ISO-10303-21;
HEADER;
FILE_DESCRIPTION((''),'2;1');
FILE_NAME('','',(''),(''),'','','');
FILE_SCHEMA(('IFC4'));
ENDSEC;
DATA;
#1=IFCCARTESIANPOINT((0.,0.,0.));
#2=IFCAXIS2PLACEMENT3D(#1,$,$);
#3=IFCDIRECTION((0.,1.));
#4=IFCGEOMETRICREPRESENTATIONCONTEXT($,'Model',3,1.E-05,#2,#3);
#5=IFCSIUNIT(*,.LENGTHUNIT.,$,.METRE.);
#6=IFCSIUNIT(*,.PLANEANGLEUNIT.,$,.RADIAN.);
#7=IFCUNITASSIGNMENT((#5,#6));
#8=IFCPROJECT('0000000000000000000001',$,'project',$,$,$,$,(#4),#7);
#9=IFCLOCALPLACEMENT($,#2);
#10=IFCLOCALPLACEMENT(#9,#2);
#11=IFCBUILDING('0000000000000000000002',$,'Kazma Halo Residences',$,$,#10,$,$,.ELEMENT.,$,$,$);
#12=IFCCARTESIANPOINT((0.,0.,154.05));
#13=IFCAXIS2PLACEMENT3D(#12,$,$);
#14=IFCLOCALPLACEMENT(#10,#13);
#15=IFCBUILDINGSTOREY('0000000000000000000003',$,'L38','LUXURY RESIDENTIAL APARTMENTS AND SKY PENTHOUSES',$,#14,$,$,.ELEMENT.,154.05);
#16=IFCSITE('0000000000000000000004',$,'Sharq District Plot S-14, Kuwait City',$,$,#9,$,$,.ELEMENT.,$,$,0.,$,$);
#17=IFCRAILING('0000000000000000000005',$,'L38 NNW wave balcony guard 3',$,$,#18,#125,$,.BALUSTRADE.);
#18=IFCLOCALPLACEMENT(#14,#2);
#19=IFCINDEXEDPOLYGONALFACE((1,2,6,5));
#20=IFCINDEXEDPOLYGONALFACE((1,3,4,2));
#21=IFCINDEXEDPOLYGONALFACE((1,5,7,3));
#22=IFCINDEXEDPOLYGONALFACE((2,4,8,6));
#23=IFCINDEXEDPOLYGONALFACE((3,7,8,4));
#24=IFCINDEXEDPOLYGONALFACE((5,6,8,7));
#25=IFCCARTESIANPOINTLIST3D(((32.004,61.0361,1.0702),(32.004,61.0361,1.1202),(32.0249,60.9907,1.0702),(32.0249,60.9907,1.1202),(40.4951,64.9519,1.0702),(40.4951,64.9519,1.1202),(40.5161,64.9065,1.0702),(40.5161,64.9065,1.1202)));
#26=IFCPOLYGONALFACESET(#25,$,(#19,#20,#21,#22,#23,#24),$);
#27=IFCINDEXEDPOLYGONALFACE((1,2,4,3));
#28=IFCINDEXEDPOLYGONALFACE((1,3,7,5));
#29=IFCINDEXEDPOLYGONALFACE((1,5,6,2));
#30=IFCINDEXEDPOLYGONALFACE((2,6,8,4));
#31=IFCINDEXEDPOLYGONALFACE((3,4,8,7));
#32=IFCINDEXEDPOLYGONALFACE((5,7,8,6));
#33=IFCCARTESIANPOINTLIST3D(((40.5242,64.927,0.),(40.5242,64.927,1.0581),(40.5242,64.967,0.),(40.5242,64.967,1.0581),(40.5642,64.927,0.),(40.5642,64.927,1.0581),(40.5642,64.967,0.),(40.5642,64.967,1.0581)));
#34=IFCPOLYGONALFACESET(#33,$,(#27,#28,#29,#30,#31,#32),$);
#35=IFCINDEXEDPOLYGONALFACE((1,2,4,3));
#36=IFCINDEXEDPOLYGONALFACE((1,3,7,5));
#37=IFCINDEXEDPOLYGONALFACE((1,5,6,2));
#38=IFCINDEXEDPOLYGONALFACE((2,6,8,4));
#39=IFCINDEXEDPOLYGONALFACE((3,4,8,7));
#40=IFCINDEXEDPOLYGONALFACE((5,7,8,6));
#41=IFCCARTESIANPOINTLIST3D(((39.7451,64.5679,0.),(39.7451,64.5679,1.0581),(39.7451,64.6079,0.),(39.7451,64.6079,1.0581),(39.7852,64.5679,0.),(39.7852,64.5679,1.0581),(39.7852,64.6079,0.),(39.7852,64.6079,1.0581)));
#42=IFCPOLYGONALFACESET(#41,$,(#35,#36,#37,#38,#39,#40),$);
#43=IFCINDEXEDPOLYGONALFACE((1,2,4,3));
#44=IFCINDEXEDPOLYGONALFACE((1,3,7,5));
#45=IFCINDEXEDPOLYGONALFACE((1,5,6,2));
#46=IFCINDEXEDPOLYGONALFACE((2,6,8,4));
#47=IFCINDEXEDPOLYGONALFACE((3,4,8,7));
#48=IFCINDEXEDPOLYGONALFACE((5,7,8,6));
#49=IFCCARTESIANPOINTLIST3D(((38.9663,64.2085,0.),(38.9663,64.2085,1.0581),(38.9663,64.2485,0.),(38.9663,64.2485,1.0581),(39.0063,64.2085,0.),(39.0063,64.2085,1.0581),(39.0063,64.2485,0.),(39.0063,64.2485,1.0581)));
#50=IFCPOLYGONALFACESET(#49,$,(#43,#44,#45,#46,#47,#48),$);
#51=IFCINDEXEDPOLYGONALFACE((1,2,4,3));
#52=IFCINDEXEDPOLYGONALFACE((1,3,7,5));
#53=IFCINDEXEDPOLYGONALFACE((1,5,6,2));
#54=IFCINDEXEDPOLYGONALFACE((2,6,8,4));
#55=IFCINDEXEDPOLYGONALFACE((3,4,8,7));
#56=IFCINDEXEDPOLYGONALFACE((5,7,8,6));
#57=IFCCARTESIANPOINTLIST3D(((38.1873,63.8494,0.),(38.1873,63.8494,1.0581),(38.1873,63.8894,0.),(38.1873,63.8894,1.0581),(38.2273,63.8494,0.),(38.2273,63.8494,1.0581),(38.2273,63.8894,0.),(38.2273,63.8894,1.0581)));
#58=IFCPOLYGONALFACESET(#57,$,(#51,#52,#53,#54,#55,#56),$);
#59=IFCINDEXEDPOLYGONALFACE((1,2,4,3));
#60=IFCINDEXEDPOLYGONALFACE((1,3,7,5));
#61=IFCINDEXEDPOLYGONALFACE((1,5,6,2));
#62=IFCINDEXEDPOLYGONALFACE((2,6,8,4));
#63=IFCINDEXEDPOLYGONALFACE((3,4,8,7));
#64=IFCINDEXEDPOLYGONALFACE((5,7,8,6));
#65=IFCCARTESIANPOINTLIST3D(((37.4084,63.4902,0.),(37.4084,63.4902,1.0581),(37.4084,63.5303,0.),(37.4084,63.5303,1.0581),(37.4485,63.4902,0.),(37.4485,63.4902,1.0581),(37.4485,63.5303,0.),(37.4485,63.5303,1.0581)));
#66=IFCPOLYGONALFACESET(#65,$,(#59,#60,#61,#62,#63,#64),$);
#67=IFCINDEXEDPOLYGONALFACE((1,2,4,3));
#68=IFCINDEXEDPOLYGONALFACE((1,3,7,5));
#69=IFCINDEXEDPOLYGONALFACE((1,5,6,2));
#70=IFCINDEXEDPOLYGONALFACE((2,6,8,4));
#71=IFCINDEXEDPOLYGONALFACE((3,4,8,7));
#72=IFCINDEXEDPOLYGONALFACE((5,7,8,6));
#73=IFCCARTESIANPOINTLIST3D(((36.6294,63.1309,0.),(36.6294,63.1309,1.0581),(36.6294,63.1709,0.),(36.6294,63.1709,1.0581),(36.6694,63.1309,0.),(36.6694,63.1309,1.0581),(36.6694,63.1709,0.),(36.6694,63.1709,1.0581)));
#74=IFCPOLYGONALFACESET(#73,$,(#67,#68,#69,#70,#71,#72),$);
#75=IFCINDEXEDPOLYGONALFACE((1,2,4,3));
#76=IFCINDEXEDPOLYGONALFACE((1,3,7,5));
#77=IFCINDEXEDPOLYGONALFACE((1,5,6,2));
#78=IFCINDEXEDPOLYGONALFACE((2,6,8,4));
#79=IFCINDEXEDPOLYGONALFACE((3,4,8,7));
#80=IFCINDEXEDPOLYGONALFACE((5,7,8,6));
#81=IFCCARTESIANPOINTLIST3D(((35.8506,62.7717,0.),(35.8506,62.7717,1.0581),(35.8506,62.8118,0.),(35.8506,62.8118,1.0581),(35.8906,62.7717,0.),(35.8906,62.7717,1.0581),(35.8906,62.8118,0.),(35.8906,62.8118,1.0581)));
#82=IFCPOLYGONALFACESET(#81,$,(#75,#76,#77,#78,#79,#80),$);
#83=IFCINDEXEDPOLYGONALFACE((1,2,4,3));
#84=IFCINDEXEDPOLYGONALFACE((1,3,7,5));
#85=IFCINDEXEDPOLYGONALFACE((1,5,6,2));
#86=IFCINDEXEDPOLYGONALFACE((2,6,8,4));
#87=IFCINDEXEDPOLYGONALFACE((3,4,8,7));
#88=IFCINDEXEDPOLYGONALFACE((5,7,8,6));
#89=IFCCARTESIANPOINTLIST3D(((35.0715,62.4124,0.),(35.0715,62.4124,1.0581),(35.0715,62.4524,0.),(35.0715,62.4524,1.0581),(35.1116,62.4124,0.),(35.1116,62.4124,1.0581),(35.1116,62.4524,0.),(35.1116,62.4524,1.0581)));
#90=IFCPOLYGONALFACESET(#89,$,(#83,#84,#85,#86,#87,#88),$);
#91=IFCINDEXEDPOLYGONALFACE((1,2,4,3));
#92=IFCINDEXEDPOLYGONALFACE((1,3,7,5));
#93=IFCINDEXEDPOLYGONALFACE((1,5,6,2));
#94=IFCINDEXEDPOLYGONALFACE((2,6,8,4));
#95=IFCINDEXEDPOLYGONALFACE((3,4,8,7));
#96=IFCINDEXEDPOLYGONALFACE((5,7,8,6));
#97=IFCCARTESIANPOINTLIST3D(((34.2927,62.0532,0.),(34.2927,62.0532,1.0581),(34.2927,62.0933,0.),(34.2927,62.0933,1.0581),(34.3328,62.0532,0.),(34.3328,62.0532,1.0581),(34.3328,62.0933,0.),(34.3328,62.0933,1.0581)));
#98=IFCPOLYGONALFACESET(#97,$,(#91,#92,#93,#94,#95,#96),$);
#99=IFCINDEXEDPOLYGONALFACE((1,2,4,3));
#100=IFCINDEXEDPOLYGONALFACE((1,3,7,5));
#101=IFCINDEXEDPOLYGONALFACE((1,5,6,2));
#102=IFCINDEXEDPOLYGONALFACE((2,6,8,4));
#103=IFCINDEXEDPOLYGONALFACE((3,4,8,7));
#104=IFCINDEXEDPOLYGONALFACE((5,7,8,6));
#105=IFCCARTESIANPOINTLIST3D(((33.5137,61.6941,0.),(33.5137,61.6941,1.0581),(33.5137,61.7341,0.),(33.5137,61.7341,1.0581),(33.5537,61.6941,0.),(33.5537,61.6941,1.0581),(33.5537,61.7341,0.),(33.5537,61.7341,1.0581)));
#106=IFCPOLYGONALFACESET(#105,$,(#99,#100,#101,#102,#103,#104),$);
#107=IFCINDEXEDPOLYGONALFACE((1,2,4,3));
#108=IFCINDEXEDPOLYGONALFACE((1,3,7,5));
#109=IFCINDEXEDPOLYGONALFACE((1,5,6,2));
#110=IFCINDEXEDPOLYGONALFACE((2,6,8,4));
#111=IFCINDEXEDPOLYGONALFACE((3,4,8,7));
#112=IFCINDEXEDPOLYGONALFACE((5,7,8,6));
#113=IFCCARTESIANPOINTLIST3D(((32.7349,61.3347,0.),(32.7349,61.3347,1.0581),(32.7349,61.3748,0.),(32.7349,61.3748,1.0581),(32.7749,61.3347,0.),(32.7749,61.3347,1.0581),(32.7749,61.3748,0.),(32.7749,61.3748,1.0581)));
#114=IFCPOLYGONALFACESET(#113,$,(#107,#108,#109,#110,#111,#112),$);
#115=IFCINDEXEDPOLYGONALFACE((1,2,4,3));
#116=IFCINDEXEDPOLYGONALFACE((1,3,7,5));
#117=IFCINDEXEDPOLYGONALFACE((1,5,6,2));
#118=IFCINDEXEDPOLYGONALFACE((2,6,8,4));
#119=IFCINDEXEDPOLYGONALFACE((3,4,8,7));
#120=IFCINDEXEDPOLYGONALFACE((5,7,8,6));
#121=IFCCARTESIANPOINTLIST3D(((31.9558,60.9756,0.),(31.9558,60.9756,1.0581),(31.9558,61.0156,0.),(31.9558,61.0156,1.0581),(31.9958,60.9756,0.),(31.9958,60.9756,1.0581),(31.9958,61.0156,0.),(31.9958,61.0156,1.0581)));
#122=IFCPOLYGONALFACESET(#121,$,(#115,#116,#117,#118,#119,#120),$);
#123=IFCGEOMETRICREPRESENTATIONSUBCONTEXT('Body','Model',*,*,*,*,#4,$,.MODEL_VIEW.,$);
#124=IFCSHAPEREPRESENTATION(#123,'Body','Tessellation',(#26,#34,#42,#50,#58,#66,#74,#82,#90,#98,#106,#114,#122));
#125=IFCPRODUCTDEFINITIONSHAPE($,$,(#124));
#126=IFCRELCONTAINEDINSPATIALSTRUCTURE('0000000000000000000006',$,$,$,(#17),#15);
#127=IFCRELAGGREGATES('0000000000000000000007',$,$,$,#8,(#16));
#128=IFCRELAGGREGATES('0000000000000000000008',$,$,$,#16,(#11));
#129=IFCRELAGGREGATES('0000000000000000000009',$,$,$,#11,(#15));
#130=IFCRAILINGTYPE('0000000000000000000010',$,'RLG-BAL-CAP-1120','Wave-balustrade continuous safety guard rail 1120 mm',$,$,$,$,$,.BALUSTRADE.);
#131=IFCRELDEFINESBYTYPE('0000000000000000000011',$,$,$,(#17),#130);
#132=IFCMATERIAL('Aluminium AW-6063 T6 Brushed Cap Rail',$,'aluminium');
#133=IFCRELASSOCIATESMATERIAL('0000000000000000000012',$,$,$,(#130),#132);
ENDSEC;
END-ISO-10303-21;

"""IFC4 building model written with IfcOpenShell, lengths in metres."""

from ifc_helpers import new_model, si_unit, direction, frame, origin, origin_2d, place, context, subcontext, project, spatial, rectangle, extrude, material, type_object, element, save


model = new_model("IFC4")

# Units and contexts
model_context = context("Model", 3, precision=1e-05, world=origin(), true_north=direction((0.0, 1.0)))
body_context = subcontext(model_context, "Body", "Model", "MODEL_VIEW")
ifc_project = project(units=[si_unit("LENGTHUNIT", "METRE"), si_unit("PLANEANGLEUNIT", "RADIAN")], contexts=[model_context])

# Site, building, storey
site_placement = place(None, origin())
site = spatial("IfcSite", under=ifc_project, at=site_placement, Name="Sharq District Plot S-14, Kuwait City", CompositionType="ELEMENT", RefElevation=0.0)
building_placement = place(site_placement, origin())
building = spatial("IfcBuilding", under=site, at=building_placement, Name="Kazma Halo Residences", CompositionType="ELEMENT")
storey_placement = place(building_placement, frame((0.0, 0.0, 154.05)))
storey = spatial("IfcBuildingStorey", under=building, at=storey_placement, Name="L38", Description="LUXURY RESIDENTIAL APARTMENTS AND SKY PENTHOUSES", CompositionType="ELEMENT", Elevation=154.05)

# Railing
ifc_material_1 = material(Name="Aluminium AW-6063 T6 Brushed Cap Rail", Category="aluminium")
railing_type = type_object("IfcRailingType", Name="RLG-BAL-CAP-1120", Description="Wave-balustrade continuous safety guard rail 1120 mm", PredefinedType="BALUSTRADE", material=ifc_material_1)
railing_placement = place(storey_placement, frame((40.5442, 64.947, 0.0)))
element("IfcRailing", 1, at=railing_placement, inside=storey, type_object=railing_type, Name="L38 NNW wave balcony guard 3", PredefinedType="BALUSTRADE", context=body_context, shape_type="SweptSolid", body=[
    extrude(rectangle(XDim=0.05, YDim=0.05, at=origin_2d()), frame((-0.0386, -0.0178, 1.0952), z_axis=(-0.908089, -0.418778, 0.0), x_axis=(0.418778, -0.908089, 0.0)), (0.0, 0.0, 1.0), 9.3506),
    extrude(rectangle(XDim=0.04, YDim=0.04, at=origin_2d()), origin(), (0.0, 0.0, 1.0), 1.0581),
    extrude(rectangle(XDim=0.04, YDim=0.04, at=origin_2d()), frame((-0.7791, -0.3591, 0.0)), (0.0, 0.0, 1.0), 1.0581),
    extrude(rectangle(XDim=0.04, YDim=0.04, at=origin_2d()), frame((-1.5579, -0.7185, 0.0)), (0.0, 0.0, 1.0), 1.0581),
    extrude(rectangle(XDim=0.04, YDim=0.04, at=origin_2d()), frame((-2.3369, -1.0776, 0.0)), (0.0, 0.0, 1.0), 1.0581),
    extrude(rectangle(XDim=0.04, YDim=0.04, at=origin_2d()), frame((-3.1157, -1.4368, 0.0)), (0.0, 0.0, 1.0), 1.0581),
    extrude(rectangle(XDim=0.04, YDim=0.04, at=origin_2d()), frame((-3.8948, -1.7961, 0.0)), (0.0, 0.0, 1.0), 1.0581),
    extrude(rectangle(XDim=0.04, YDim=0.04, at=origin_2d()), frame((-4.6736, -2.1553, 0.0)), (0.0, 0.0, 1.0), 1.0581),
    extrude(rectangle(XDim=0.04, YDim=0.04, at=origin_2d()), frame((-5.4526, -2.5146, 0.0)), (0.0, 0.0, 1.0), 1.0581),
    extrude(rectangle(XDim=0.04, YDim=0.04, at=origin_2d()), frame((-6.2314, -2.8738, 0.0)), (0.0, 0.0, 1.0), 1.0581),
    extrude(rectangle(XDim=0.04, YDim=0.04, at=origin_2d()), frame((-7.0105, -3.2329, 0.0)), (0.0, 0.0, 1.0), 1.0581),
    extrude(rectangle(XDim=0.04, YDim=0.04, at=origin_2d()), frame((-7.7893, -3.5923, 0.0)), (0.0, 0.0, 1.0), 1.0581),
    extrude(rectangle(XDim=0.04, YDim=0.04, at=origin_2d()), frame((-8.5684, -3.9514, 0.0)), (0.0, 0.0, 1.0), 1.0581),
])

save(model, "model.ifc")
